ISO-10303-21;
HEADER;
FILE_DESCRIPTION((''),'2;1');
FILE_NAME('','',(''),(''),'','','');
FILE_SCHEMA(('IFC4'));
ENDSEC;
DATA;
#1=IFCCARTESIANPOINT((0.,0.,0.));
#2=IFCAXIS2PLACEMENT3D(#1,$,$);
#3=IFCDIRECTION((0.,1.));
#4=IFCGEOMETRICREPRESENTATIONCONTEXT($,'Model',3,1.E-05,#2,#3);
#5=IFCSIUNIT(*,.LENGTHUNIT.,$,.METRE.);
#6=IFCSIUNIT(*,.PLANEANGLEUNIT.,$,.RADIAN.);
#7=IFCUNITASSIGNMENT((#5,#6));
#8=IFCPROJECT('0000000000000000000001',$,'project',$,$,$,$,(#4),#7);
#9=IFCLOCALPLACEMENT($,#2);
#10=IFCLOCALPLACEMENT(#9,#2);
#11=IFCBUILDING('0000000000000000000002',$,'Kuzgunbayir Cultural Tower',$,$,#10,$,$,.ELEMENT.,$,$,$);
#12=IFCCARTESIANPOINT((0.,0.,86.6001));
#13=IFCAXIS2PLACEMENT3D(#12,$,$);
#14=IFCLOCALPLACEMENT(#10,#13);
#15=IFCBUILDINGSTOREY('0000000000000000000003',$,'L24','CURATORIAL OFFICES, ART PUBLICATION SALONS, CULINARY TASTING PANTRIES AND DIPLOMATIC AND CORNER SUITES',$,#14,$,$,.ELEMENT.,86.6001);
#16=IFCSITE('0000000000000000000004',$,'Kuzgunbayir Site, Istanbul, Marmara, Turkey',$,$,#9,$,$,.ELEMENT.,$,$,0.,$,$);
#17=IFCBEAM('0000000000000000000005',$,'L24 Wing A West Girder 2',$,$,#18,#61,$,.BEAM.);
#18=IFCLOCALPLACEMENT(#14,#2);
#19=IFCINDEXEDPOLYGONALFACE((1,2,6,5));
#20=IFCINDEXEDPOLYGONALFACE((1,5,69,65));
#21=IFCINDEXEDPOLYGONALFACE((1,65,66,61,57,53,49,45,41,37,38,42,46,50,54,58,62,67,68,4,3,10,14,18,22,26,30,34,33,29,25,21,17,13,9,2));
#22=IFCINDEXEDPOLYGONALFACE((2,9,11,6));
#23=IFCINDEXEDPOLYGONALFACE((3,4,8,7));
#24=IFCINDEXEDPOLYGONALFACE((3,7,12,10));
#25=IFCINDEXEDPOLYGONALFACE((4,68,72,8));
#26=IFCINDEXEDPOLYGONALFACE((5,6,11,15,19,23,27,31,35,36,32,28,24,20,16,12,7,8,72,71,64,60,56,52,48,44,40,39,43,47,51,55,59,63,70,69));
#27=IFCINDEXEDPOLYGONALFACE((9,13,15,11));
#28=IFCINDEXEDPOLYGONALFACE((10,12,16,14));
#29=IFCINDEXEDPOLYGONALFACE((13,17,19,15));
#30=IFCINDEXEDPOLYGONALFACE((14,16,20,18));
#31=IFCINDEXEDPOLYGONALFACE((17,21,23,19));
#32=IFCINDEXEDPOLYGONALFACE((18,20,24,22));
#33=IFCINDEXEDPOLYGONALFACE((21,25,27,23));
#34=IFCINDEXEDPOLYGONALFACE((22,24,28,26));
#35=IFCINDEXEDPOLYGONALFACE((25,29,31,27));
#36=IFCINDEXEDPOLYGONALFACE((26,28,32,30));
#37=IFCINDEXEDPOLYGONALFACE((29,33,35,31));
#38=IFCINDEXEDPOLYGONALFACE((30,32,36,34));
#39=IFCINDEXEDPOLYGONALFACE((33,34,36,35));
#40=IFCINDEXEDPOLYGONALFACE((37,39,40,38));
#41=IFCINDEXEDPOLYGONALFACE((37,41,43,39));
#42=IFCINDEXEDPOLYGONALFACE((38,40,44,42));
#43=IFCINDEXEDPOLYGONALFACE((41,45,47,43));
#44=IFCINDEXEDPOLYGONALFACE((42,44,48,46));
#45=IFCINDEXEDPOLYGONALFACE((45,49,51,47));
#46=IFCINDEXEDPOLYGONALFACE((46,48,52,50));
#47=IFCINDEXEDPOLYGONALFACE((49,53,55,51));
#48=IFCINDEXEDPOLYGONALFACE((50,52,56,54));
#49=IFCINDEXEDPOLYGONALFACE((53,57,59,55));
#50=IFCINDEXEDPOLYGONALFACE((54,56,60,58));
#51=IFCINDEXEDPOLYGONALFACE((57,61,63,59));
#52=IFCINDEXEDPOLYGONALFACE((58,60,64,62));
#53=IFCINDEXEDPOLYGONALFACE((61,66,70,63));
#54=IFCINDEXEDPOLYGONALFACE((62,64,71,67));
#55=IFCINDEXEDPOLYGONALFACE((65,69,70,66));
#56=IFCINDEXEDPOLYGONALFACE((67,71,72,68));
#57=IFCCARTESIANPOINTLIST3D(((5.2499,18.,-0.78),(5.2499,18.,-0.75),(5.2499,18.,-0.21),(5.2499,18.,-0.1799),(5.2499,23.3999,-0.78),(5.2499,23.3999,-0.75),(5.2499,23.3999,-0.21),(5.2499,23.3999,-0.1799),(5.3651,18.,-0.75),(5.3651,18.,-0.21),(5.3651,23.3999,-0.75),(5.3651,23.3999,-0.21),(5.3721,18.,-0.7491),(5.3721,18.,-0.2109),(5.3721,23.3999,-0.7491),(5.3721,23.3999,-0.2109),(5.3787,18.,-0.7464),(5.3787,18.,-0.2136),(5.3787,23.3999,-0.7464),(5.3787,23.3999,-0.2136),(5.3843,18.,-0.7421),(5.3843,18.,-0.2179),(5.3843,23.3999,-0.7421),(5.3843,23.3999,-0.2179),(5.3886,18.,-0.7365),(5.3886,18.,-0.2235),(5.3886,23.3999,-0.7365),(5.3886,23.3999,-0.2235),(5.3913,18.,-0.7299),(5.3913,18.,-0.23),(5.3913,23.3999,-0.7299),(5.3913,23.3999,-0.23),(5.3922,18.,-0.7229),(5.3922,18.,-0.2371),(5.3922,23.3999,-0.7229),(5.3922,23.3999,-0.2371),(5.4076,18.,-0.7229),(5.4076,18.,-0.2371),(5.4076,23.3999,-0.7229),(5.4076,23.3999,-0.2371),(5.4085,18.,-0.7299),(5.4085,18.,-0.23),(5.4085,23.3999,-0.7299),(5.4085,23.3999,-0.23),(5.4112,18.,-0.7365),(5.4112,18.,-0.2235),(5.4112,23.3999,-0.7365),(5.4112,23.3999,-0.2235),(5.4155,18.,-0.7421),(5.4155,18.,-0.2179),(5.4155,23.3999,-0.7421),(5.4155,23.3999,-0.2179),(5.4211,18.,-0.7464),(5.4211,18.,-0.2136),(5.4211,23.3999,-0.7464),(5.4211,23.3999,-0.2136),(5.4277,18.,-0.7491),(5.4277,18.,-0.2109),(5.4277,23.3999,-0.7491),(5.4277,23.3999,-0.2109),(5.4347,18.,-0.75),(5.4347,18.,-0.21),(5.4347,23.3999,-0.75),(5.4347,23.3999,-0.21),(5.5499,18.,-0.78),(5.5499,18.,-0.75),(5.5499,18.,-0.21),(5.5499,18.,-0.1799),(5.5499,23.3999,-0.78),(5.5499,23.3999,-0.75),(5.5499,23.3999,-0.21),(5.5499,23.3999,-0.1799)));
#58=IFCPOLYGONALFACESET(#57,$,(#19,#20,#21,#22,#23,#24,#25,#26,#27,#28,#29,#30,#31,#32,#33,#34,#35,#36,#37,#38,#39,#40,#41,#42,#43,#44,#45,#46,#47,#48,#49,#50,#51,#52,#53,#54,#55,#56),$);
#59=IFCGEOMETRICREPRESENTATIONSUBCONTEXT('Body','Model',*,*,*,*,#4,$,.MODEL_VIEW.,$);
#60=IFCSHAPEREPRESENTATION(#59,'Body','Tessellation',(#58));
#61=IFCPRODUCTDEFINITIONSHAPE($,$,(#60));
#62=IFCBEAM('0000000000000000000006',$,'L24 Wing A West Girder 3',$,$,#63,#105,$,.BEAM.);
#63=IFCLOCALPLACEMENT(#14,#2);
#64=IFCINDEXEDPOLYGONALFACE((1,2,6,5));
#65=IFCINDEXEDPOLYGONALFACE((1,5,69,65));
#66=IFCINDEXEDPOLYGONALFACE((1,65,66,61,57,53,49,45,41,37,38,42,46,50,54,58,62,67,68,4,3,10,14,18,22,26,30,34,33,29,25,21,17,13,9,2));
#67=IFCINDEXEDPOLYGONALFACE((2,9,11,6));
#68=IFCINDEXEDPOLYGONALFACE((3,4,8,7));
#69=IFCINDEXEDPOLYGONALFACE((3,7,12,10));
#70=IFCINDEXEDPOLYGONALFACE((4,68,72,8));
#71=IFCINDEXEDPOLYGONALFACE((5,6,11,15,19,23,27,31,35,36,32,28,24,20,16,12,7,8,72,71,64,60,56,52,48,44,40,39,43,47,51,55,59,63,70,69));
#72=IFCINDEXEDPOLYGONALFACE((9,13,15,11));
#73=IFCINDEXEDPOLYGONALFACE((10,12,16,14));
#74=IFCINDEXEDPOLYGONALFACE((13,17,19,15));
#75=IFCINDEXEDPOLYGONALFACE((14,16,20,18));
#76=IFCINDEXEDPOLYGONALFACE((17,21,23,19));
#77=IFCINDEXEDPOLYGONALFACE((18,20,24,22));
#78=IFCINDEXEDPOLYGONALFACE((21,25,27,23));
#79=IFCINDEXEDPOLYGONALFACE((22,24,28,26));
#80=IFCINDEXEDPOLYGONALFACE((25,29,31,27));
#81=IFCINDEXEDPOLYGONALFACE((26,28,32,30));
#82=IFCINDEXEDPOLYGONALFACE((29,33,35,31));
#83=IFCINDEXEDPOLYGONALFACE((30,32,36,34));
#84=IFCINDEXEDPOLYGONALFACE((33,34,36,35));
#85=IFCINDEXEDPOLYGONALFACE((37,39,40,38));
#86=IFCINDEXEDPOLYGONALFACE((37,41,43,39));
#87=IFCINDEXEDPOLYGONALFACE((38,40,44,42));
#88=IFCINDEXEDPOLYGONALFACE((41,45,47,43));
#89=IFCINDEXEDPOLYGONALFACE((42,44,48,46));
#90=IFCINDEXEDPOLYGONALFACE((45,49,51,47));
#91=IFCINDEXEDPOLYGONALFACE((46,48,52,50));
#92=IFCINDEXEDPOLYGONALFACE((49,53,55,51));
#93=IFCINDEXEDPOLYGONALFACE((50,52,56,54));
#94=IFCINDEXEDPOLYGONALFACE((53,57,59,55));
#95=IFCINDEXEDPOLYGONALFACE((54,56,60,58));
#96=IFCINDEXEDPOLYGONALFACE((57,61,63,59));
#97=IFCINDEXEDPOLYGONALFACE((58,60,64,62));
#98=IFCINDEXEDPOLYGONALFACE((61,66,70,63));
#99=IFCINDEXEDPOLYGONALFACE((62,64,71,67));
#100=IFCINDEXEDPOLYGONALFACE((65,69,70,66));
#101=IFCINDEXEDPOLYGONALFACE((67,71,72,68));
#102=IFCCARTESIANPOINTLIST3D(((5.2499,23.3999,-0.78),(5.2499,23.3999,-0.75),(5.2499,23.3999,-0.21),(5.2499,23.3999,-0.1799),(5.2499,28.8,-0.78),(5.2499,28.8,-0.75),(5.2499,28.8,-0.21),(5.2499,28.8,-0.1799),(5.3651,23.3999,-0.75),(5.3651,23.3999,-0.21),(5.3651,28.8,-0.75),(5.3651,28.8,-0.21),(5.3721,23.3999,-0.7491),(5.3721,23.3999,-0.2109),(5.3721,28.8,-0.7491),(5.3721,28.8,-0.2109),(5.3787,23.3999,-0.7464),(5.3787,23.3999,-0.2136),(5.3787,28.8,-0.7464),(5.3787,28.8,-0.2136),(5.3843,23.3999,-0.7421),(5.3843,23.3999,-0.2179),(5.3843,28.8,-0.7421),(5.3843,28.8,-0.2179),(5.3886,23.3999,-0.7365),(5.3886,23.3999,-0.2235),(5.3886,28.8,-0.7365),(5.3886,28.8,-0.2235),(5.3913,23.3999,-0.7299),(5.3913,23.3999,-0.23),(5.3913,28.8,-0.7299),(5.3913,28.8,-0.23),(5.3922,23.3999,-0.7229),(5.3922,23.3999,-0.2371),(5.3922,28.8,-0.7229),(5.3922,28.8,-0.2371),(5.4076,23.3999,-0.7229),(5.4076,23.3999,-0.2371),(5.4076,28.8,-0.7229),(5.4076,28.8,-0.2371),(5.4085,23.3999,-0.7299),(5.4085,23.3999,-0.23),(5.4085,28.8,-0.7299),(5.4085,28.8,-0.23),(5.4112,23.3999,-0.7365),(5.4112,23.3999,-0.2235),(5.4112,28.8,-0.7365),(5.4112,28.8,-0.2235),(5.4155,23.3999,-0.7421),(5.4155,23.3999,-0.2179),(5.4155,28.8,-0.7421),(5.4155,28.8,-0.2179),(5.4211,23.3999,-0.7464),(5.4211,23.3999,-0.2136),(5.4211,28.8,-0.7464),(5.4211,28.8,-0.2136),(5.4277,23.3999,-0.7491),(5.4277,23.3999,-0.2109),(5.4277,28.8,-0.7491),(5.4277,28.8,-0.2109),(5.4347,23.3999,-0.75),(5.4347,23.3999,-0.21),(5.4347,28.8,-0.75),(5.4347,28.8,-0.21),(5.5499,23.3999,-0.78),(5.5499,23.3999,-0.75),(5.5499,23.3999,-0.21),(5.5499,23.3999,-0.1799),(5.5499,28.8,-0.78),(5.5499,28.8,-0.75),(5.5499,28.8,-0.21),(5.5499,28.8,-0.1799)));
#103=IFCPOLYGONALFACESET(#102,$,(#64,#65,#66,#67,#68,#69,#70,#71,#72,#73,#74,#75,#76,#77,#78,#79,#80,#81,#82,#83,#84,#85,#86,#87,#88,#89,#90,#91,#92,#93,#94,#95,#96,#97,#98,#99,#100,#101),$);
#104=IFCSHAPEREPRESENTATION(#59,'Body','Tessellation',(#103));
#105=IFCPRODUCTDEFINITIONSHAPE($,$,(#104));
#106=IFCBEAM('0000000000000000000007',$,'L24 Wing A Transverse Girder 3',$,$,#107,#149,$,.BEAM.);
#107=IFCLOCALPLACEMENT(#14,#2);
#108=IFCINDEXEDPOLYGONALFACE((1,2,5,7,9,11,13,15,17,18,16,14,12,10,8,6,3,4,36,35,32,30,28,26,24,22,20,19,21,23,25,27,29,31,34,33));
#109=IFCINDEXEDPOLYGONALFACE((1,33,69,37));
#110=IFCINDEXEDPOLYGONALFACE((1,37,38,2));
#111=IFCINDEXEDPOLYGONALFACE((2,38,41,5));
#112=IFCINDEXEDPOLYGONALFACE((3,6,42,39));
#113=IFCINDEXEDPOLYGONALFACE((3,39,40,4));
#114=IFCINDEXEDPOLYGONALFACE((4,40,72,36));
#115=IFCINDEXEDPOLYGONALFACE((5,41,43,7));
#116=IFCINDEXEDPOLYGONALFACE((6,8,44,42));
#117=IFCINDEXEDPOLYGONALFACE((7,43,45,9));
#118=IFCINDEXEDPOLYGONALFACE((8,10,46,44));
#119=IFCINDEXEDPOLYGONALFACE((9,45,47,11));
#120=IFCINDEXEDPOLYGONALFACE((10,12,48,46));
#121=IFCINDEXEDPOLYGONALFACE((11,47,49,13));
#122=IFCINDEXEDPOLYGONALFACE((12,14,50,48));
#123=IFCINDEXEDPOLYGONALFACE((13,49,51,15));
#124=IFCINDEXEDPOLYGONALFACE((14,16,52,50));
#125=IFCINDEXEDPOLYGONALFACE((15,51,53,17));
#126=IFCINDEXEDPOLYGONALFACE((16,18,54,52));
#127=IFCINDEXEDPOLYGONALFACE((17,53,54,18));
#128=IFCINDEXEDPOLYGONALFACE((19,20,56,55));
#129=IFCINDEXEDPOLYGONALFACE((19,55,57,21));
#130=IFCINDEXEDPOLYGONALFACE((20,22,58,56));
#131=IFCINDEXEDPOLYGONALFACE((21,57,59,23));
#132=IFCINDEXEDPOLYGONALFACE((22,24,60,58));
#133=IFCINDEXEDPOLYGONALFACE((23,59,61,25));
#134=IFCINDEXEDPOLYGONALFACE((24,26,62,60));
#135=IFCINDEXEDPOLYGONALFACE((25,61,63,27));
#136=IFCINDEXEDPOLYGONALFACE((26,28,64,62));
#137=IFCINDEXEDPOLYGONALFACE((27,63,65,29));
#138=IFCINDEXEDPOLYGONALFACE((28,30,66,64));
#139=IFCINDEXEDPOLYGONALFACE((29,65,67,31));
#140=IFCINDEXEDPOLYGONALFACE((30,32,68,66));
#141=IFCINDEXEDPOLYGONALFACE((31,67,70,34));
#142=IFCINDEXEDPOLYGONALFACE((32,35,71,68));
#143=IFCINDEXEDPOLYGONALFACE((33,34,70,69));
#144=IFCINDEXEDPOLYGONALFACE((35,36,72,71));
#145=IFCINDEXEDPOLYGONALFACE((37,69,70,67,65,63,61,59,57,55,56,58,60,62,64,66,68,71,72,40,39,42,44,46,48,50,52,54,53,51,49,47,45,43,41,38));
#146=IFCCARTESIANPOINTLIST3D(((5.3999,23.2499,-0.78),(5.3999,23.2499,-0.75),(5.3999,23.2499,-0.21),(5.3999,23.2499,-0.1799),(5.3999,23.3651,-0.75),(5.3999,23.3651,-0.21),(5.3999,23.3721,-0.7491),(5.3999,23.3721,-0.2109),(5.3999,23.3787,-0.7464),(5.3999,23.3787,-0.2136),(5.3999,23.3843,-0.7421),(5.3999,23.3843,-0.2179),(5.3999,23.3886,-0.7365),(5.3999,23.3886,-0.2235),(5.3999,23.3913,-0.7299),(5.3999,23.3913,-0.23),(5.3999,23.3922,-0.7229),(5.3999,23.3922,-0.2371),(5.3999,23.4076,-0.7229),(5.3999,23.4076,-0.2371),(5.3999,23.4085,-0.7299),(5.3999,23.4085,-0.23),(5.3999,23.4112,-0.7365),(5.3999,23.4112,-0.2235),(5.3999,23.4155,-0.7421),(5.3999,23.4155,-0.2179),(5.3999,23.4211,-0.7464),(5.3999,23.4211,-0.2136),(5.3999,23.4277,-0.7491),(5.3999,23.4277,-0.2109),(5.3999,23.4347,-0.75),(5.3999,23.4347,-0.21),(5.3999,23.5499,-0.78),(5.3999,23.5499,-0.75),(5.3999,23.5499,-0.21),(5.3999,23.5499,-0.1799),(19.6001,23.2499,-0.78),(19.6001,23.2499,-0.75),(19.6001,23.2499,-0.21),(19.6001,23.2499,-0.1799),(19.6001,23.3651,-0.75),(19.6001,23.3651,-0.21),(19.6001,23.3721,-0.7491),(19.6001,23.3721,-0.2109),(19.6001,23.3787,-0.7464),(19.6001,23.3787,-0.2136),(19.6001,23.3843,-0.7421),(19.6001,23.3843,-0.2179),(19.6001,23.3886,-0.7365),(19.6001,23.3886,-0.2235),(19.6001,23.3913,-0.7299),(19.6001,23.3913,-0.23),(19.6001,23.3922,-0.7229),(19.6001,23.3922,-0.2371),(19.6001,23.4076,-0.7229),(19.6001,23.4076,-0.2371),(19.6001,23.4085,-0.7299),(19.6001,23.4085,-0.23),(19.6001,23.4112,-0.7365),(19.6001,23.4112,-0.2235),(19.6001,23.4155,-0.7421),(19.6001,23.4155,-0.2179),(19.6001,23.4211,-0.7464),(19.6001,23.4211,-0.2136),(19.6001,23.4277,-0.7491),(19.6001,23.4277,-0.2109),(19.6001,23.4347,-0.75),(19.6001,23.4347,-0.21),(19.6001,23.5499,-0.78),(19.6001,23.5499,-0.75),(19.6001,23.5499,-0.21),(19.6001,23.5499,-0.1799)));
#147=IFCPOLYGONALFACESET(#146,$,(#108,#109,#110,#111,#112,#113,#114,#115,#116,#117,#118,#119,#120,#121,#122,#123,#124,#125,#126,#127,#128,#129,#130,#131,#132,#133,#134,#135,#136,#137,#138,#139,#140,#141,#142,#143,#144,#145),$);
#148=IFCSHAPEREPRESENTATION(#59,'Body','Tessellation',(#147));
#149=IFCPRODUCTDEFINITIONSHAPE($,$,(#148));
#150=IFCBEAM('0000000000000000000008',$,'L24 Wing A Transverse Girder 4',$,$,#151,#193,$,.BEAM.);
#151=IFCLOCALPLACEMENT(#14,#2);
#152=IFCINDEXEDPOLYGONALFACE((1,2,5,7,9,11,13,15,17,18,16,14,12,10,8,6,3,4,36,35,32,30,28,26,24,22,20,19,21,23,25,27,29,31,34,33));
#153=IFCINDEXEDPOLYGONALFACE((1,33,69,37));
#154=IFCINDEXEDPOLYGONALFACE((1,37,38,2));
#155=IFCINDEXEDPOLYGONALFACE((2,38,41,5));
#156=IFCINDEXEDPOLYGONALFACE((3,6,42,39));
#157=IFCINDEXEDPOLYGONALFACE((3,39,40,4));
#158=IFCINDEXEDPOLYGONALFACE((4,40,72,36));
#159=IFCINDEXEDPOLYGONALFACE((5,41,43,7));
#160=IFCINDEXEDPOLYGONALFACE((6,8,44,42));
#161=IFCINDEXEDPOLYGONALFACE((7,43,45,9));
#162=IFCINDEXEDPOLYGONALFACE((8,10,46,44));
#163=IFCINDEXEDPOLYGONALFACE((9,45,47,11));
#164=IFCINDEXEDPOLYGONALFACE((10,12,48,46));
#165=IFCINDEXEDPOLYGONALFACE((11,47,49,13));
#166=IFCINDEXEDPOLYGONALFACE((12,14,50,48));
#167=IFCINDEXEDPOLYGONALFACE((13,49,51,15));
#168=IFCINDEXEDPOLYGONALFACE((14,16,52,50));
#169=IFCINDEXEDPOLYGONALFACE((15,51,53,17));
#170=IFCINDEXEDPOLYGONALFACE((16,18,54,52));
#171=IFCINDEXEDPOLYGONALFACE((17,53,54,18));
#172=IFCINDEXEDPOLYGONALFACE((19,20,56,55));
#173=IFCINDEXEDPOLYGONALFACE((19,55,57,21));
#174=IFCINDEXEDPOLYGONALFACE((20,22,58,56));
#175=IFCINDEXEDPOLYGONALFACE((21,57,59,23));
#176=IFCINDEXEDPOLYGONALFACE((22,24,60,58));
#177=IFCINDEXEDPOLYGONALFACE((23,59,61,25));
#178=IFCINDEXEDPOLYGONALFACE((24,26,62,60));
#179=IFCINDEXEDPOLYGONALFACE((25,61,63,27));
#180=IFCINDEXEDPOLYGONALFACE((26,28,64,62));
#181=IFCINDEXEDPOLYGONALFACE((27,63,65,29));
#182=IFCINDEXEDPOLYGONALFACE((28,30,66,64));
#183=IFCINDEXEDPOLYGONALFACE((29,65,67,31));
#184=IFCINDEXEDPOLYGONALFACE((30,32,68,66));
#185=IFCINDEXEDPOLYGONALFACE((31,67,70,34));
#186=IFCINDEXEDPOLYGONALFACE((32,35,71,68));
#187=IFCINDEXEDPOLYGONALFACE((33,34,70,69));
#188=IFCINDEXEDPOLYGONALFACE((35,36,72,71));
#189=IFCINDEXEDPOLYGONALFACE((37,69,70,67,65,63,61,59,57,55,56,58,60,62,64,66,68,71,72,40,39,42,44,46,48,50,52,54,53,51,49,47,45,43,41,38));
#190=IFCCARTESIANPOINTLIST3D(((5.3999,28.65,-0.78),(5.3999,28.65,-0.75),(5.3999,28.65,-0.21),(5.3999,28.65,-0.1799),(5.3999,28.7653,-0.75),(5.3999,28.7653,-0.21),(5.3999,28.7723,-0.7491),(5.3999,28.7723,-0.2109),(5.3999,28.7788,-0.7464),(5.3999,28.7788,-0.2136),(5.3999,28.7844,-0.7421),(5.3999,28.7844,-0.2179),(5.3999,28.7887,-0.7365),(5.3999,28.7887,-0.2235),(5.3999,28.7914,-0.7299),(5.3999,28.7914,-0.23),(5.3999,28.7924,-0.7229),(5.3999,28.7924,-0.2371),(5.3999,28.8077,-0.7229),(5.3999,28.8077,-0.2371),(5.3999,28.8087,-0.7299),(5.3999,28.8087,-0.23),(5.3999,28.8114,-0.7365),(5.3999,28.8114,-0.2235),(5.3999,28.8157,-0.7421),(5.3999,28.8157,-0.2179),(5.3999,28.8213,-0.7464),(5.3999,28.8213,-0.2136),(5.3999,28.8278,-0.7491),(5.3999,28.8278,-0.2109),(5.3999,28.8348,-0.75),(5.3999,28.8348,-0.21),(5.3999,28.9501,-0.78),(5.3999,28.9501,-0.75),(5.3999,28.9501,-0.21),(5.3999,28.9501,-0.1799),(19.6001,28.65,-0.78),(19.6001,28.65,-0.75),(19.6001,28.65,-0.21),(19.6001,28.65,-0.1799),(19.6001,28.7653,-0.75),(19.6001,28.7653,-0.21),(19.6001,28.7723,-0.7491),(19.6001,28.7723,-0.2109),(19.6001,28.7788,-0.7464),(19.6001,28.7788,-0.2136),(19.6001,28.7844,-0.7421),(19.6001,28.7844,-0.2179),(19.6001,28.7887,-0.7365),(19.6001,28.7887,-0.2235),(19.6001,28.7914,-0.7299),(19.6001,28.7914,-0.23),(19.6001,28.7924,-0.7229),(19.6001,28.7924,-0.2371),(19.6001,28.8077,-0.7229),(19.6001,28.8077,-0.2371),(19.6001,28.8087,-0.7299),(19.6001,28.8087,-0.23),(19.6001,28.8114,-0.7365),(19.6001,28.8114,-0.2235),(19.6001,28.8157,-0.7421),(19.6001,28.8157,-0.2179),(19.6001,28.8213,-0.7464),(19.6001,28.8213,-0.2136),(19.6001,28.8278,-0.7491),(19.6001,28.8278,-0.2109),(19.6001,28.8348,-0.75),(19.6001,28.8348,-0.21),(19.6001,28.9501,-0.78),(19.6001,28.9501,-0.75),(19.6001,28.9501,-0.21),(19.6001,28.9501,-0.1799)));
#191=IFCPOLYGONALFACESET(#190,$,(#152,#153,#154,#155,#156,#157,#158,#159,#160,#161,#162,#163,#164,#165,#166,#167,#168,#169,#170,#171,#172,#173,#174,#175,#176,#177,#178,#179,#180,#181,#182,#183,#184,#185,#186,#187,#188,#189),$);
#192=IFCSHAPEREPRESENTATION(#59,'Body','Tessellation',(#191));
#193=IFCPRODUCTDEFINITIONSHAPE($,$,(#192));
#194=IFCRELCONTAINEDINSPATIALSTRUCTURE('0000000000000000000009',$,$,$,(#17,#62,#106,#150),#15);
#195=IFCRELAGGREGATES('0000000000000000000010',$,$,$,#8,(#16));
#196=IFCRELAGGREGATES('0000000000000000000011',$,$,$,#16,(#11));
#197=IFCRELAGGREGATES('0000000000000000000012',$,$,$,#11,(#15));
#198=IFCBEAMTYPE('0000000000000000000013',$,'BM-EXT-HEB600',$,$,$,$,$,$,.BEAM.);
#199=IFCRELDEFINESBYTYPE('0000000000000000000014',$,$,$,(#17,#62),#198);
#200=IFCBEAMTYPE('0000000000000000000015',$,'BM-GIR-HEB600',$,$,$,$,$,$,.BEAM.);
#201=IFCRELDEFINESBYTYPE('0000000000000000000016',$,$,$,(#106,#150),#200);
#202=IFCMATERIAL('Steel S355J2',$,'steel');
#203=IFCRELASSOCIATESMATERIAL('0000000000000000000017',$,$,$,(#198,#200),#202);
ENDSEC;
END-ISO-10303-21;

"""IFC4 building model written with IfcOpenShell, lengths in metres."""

from ifc_helpers import new_model, si_unit, direction, frame, origin, origin_2d, place, context, subcontext, project, spatial, i_section, extrude, material, material_profile, profile_set, type_object, element, save


model = new_model("IFC4")

# Units and contexts
model_context = context("Model", 3, precision=1e-05, world=origin(), true_north=direction((0.0, 1.0)))
body_context = subcontext(model_context, "Body", "Model", "MODEL_VIEW")
ifc_project = project(units=[si_unit("LENGTHUNIT", "METRE"), si_unit("PLANEANGLEUNIT", "RADIAN")], contexts=[model_context])

# Site, building, storey
site_placement = place(None, origin())
site = spatial("IfcSite", under=ifc_project, at=site_placement, Name="Kuzgunbayir Site, Istanbul, Marmara, Turkey", CompositionType="ELEMENT", RefElevation=0.0)
building_placement = place(site_placement, origin())
building = spatial("IfcBuilding", under=site, at=building_placement, Name="Kuzgunbayir Cultural Tower", CompositionType="ELEMENT")
storey_placement = place(building_placement, frame((0.0, 0.0, 86.6001)))
storey = spatial("IfcBuildingStorey", under=building, at=storey_placement, Name="L24", Description="CURATORIAL OFFICES, ART PUBLICATION SALONS, CULINARY TASTING PANTRIES AND DIPLOMATIC AND CORNER SUITES", CompositionType="ELEMENT", Elevation=86.6001)

# Beams
ifc_material_1 = material(Name="Steel S355J2", Category="steel")
ifc_material_profile_1 = material_profile(ifc_material_1, i_section(OverallWidth=0.3, OverallDepth=0.6001, WebThickness=0.0154, FlangeThickness=0.03, FilletRadius=0.0271, at=origin_2d()), Name="HEB 600")
ifc_profile_set_1 = profile_set([ifc_material_profile_1], Name="Steel S355J2")
beam_type_1 = type_object("IfcBeamType", Name="BM-EXT-HEB600", PredefinedType="BEAM", material=ifc_profile_set_1)
beam_1_placement = place(storey_placement, frame((5.3999, 18.0, -0.48), z_axis=(0.0, 1.0, 0.0), x_axis=(-1.0, 0.0, 0.0)))
element("IfcBeam", 1, at=beam_1_placement, inside=storey, type_object=beam_type_1, Name="L24 Wing A West Girder 2", PredefinedType="BEAM", context=body_context, shape_type="SweptSolid", body=[
    extrude(i_section(OverallWidth=0.3, OverallDepth=0.6001, WebThickness=0.0154, FlangeThickness=0.03, FilletRadius=0.0271, at=origin_2d()), origin(), (0.0, 0.0, 1.0), 5.3999),
])
beam_2_placement = place(storey_placement, frame((5.3999, 23.3999, -0.48), z_axis=(0.0, 1.0, 0.0), x_axis=(-1.0, 0.0, 0.0)))
element("IfcBeam", 2, at=beam_2_placement, inside=storey, type_object=beam_type_1, Name="L24 Wing A West Girder 3", PredefinedType="BEAM", context=body_context, shape_type="SweptSolid", body=[
    extrude(i_section(OverallWidth=0.3, OverallDepth=0.6001, WebThickness=0.0154, FlangeThickness=0.03, FilletRadius=0.0271, at=origin_2d()), origin(), (0.0, 0.0, 1.0), 5.4001),
])
ifc_material_profile_2 = material_profile(ifc_material_1, i_section(OverallWidth=0.3, OverallDepth=0.6001, WebThickness=0.0154, FlangeThickness=0.03, FilletRadius=0.0271, at=origin_2d()), Name="HEB 600")
ifc_profile_set_2 = profile_set([ifc_material_profile_2], Name="Steel S355J2")
beam_type_2 = type_object("IfcBeamType", Name="BM-GIR-HEB600", PredefinedType="BEAM", material=ifc_profile_set_2)
for number, where, z_axis, x_axis, name in (
    (3, (5.3999, 23.3999, -0.48), (1.0, 0.0, 0.0), (0.0, 1.0, 0.0), "L24 Wing A Transverse Girder 3"),
    (4, (5.3999, 28.8, -0.48), (1.0, 0.0, 0.0), (0.0, 1.0, 0.0), "L24 Wing A Transverse Girder 4"),
):
    element("IfcBeam", number, at=place(storey_placement, frame(where, z_axis=z_axis, x_axis=x_axis)), inside=storey, type_object=beam_type_2, Name=name, PredefinedType="BEAM", context=body_context, shape_type="SweptSolid", body=[
        extrude(i_section(OverallWidth=0.3, OverallDepth=0.6001, WebThickness=0.0154, FlangeThickness=0.03, FilletRadius=0.0271, at=origin_2d()), origin(), (0.0, 0.0, 1.0), 14.2002),
    ])

save(model, "model.ifc")
